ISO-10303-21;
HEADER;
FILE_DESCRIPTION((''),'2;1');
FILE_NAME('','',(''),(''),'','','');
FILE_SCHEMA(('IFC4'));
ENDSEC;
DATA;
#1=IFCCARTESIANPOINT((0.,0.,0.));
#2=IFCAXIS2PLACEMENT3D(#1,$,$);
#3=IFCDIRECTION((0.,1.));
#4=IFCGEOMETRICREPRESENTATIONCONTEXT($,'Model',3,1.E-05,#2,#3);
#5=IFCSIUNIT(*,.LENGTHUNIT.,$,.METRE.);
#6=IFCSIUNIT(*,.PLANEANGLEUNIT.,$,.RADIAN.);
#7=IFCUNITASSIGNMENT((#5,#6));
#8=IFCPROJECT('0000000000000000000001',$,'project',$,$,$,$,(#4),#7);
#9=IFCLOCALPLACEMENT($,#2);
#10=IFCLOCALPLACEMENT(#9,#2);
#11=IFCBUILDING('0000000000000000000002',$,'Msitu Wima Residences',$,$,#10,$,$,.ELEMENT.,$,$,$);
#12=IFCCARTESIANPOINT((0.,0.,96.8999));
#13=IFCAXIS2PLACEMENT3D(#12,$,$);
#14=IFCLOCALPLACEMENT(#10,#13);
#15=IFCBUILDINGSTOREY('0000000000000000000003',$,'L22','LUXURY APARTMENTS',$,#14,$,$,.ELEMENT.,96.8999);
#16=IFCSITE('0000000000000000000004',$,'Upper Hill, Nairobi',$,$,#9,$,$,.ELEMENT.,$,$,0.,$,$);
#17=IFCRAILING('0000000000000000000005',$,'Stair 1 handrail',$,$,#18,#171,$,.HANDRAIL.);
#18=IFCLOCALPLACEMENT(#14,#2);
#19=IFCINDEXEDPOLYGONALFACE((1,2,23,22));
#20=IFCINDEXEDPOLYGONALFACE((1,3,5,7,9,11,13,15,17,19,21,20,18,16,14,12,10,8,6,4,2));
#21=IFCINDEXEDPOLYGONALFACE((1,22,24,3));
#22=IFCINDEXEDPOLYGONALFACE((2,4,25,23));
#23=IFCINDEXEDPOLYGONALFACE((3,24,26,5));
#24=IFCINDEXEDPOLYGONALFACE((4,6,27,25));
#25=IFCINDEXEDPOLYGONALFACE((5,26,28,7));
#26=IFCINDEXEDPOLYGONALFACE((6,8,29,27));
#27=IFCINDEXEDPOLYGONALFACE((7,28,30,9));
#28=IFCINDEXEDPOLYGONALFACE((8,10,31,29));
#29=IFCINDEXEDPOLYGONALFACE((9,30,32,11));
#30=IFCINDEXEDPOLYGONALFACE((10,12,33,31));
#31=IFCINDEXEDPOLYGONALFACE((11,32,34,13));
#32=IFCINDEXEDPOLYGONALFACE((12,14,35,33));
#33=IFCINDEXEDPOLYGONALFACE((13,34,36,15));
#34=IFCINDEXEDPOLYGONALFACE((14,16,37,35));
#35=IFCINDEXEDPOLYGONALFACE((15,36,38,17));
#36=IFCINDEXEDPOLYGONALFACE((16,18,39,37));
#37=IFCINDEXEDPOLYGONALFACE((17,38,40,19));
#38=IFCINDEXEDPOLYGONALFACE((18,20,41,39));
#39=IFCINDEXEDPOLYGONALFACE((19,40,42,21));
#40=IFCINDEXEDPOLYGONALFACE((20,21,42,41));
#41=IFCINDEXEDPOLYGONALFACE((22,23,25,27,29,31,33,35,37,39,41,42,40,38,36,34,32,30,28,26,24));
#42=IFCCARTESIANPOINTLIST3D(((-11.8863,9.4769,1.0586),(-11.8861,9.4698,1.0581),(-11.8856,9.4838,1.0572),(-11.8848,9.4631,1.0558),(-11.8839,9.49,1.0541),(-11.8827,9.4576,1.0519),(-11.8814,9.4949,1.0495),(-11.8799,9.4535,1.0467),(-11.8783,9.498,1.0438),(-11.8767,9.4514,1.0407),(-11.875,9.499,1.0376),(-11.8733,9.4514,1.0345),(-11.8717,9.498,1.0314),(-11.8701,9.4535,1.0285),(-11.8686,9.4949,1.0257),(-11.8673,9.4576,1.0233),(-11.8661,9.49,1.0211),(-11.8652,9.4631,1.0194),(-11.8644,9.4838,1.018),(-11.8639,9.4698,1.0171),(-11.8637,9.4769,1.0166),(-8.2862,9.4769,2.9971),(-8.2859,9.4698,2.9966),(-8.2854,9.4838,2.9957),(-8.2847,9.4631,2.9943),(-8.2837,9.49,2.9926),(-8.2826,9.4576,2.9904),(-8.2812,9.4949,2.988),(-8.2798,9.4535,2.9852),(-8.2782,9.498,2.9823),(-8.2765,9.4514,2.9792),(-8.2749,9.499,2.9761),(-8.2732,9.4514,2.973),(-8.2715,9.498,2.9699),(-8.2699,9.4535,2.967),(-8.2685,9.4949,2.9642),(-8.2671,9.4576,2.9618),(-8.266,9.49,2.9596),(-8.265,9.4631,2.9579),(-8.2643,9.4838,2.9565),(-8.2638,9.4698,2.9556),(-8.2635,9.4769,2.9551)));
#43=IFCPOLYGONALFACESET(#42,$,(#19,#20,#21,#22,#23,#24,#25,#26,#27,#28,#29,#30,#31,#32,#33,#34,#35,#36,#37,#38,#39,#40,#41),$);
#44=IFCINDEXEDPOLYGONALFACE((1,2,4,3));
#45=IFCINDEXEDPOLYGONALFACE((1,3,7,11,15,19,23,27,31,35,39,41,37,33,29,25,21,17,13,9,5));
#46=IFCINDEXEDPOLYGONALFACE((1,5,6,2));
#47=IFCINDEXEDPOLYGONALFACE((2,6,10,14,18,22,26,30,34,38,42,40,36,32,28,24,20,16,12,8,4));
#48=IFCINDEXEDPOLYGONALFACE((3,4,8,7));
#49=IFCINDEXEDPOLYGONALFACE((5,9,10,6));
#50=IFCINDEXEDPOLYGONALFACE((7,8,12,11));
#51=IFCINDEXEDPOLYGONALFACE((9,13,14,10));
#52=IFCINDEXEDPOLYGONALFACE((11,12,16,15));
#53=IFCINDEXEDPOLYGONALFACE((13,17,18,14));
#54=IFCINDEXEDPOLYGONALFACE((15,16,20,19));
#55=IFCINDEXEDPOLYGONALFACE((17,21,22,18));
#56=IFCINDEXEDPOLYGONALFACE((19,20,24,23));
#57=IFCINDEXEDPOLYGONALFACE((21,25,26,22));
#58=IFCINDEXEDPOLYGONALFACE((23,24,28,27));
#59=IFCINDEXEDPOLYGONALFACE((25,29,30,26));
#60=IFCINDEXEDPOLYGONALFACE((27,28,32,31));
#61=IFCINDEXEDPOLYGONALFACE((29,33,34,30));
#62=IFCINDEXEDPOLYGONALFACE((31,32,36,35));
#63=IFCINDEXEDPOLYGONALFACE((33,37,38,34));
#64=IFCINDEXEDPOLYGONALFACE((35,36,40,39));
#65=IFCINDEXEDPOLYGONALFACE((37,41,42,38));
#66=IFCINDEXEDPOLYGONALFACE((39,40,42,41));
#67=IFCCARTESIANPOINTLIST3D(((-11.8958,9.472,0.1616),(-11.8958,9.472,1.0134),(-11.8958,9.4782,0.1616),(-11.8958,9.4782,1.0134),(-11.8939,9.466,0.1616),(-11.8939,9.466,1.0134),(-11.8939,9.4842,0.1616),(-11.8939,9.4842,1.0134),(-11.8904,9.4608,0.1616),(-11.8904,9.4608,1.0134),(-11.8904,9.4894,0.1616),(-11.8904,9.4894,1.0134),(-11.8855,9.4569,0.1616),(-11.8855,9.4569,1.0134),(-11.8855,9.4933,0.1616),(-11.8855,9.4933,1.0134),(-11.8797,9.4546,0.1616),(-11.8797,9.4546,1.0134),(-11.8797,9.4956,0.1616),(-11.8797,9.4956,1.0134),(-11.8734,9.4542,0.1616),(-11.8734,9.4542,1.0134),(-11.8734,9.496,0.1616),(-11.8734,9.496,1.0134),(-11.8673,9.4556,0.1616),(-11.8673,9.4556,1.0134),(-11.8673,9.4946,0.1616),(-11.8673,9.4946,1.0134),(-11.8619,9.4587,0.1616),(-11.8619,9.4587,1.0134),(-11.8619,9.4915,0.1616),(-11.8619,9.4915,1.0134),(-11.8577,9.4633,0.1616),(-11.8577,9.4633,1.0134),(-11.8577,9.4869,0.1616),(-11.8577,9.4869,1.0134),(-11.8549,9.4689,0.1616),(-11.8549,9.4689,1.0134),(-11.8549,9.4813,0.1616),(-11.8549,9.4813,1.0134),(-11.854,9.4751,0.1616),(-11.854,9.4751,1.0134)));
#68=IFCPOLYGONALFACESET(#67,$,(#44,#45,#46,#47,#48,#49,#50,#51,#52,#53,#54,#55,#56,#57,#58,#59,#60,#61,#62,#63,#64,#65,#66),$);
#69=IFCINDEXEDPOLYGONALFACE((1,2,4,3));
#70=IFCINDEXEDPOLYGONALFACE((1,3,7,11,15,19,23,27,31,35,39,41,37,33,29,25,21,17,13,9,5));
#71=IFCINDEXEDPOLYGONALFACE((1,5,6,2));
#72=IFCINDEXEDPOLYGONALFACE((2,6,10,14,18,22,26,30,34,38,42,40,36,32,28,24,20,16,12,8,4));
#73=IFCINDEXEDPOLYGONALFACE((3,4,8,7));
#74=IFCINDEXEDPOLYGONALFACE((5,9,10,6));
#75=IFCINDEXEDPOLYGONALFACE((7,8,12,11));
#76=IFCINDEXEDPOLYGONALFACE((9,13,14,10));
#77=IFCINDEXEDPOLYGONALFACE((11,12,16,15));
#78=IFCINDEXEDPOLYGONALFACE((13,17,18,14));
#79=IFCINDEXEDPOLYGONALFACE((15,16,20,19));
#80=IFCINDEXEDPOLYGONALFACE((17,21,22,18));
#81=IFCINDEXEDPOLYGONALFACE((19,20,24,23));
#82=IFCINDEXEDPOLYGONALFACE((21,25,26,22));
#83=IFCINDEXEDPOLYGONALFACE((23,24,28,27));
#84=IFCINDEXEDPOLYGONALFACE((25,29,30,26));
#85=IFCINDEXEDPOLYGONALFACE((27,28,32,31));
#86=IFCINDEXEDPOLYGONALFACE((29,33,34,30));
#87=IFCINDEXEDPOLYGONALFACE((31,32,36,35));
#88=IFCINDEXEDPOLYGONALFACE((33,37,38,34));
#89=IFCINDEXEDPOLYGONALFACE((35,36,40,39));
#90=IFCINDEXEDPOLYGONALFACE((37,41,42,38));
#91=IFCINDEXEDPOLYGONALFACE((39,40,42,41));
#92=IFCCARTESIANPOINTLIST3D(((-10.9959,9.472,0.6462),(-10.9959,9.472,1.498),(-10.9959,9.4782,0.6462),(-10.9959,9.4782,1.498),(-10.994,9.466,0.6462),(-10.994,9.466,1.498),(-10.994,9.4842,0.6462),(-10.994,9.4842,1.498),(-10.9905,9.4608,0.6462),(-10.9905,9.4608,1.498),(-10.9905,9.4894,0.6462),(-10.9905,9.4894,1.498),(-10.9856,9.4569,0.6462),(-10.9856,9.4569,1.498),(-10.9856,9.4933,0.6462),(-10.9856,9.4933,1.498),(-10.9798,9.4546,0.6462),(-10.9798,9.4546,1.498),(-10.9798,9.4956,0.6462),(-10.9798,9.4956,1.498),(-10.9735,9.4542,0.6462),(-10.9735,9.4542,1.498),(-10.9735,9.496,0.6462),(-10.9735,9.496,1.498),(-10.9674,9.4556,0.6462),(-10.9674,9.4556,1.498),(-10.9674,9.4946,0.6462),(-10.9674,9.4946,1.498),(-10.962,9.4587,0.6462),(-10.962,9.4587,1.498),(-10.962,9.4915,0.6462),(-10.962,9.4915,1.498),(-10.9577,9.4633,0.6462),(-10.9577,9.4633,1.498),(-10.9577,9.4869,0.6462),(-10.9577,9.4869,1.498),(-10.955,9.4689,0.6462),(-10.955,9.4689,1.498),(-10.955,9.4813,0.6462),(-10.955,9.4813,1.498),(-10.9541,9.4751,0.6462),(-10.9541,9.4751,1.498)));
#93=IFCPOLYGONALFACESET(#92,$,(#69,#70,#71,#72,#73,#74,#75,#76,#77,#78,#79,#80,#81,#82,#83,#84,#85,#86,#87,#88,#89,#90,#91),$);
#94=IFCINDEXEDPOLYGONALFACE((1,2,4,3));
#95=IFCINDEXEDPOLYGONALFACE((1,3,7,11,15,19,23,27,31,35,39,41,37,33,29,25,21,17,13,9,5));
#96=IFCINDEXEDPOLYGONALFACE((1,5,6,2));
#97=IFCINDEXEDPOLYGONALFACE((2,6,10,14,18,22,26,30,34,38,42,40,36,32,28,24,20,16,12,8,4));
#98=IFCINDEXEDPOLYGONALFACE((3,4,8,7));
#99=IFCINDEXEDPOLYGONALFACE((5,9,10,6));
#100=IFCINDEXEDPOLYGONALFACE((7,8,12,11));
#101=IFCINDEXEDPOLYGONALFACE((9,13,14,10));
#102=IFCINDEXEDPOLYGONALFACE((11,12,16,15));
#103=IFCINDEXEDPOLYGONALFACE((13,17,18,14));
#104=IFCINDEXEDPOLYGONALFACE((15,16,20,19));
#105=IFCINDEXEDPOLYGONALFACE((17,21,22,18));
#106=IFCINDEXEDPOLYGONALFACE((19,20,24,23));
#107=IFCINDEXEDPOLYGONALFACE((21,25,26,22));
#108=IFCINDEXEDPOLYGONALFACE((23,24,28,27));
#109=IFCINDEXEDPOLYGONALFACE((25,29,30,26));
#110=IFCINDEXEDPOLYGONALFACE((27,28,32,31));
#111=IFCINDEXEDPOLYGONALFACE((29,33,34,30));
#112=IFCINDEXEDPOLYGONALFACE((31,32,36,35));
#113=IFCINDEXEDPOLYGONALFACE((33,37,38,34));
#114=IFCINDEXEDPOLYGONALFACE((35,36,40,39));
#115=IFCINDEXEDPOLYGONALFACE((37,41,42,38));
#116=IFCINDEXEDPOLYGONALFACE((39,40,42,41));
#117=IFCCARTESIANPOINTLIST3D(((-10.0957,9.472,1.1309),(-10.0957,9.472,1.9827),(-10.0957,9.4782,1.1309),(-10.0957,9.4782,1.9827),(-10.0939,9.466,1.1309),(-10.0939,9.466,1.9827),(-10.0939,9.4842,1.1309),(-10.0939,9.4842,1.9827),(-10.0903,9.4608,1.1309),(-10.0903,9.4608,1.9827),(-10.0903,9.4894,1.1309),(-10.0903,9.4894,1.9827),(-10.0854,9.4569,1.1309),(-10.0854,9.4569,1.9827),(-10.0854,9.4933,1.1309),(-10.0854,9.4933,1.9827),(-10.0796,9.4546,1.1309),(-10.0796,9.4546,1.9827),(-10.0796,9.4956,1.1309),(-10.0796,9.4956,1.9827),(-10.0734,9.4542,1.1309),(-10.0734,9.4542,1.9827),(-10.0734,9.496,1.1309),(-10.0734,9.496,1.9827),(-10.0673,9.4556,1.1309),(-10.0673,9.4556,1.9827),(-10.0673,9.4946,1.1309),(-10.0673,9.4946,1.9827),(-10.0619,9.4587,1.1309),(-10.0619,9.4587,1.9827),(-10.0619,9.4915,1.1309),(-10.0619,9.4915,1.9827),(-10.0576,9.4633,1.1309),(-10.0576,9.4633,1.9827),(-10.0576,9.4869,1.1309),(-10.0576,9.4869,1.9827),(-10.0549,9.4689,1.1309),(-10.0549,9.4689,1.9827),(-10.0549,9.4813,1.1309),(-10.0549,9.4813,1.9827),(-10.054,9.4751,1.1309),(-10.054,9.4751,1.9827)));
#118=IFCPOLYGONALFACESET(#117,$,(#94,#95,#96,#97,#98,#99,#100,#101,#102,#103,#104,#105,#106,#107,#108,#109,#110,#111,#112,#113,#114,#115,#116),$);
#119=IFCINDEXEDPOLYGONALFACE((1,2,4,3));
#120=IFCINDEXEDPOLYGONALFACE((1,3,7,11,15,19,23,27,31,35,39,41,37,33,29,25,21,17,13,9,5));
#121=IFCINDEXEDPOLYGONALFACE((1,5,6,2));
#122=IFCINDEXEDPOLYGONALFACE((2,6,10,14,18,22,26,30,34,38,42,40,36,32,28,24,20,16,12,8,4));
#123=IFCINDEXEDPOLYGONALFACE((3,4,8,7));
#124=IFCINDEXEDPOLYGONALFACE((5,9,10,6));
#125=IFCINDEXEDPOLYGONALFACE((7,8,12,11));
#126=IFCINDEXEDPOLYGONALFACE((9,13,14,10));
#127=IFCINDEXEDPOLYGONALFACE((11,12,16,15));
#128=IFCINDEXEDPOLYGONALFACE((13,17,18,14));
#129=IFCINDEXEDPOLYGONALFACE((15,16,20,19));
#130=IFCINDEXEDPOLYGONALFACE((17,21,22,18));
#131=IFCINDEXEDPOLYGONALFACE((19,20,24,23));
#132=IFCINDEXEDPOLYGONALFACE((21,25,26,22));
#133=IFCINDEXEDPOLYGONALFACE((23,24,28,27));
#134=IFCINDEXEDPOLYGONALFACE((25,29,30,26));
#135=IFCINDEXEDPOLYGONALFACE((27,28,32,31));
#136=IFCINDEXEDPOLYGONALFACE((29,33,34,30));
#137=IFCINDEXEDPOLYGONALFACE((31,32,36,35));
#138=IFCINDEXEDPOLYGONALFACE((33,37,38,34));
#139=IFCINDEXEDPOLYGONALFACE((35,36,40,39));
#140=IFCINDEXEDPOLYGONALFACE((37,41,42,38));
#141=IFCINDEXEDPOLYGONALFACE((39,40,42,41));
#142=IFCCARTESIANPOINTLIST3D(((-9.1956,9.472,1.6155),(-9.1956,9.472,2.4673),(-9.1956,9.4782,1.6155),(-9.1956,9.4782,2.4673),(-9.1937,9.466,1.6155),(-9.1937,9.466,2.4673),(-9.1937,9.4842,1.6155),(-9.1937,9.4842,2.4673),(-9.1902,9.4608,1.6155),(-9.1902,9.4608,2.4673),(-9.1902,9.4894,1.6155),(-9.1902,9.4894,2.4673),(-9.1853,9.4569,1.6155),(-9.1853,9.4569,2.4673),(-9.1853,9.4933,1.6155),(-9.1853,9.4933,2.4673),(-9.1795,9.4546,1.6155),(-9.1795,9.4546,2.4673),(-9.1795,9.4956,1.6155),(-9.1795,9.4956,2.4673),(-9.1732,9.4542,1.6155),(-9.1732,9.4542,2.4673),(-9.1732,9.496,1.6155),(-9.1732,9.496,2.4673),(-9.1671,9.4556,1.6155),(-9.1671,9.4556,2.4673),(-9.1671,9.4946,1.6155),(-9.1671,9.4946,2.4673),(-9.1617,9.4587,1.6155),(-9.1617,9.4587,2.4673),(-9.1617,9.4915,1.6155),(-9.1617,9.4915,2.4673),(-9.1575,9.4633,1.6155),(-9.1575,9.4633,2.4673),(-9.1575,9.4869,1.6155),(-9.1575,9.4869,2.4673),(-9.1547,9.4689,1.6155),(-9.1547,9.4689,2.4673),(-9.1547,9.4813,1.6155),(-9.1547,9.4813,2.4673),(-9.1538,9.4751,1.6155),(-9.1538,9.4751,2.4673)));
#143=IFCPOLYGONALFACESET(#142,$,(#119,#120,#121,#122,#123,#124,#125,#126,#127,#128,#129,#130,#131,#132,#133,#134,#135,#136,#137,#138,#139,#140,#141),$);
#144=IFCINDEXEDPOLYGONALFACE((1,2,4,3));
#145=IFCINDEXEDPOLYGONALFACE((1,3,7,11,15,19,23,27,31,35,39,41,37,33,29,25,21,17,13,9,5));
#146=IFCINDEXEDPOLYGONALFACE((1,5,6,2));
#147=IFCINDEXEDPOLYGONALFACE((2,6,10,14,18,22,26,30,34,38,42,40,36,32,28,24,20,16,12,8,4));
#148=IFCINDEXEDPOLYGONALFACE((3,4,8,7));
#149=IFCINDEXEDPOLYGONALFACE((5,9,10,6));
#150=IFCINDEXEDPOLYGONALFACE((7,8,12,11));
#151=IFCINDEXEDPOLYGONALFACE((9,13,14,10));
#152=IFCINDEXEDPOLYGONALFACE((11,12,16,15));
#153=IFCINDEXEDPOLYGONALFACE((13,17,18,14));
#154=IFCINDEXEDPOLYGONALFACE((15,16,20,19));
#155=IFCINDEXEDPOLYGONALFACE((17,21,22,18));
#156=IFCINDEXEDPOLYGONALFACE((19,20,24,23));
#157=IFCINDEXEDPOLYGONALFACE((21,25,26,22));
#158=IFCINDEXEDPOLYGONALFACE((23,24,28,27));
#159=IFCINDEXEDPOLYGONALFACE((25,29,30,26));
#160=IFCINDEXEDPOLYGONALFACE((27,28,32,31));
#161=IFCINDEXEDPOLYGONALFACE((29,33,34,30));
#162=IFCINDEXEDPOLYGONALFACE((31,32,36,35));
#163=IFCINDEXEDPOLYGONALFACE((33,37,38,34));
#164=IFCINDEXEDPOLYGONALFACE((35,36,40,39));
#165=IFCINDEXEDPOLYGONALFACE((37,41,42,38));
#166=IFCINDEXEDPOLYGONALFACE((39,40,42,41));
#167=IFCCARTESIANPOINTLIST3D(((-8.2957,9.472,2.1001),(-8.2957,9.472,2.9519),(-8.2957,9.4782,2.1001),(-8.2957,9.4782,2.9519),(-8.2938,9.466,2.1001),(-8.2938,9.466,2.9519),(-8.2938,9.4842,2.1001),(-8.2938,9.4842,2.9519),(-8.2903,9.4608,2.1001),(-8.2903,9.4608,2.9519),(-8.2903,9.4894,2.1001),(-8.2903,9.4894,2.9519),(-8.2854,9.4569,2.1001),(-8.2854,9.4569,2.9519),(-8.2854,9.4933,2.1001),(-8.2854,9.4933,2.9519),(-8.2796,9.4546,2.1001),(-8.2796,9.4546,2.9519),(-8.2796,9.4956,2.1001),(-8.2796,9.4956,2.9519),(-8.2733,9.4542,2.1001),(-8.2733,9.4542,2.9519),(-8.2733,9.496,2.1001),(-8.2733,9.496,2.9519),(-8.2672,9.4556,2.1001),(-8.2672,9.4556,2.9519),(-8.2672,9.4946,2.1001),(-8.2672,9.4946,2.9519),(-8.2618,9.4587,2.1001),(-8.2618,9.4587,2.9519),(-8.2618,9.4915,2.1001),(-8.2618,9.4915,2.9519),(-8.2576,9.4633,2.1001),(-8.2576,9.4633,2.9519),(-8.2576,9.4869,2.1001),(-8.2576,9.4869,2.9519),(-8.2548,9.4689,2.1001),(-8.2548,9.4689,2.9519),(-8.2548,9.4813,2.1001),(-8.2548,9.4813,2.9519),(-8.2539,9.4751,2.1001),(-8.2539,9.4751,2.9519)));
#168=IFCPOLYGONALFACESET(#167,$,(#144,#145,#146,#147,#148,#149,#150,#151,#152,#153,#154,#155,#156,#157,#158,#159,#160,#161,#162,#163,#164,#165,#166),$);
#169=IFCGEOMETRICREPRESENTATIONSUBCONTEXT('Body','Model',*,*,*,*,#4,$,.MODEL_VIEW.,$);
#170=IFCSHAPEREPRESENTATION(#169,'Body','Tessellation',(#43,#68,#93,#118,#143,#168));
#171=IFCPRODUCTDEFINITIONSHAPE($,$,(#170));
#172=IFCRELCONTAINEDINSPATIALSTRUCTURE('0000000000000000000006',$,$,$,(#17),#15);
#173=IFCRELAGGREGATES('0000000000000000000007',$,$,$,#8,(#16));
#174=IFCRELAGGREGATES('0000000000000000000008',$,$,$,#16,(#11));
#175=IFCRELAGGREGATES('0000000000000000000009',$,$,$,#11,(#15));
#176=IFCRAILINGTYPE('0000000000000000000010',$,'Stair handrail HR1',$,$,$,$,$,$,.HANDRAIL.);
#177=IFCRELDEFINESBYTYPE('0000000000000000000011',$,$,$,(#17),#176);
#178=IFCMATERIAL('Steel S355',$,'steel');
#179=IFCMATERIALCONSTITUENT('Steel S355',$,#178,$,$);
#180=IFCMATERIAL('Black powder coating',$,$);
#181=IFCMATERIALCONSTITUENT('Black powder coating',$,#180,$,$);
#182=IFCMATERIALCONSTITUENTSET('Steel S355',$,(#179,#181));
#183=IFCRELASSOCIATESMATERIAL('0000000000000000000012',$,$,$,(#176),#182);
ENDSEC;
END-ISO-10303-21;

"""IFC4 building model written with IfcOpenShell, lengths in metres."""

from ifc_helpers import new_model, si_unit, direction, frame, origin, origin_2d, place, context, subcontext, project, spatial, circle, extrude, material, constituent, constituent_set, type_object, element, save


model = new_model("IFC4")

# Units and contexts
model_context = context("Model", 3, precision=1e-05, world=origin(), true_north=direction((0.0, 1.0)))
body_context = subcontext(model_context, "Body", "Model", "MODEL_VIEW")
ifc_project = project(units=[si_unit("LENGTHUNIT", "METRE"), si_unit("PLANEANGLEUNIT", "RADIAN")], contexts=[model_context])

# Site, building, storey
site_placement = place(None, origin())
site = spatial("IfcSite", under=ifc_project, at=site_placement, Name="Upper Hill, Nairobi", CompositionType="ELEMENT", RefElevation=0.0)
building_placement = place(site_placement, origin())
building = spatial("IfcBuilding", under=site, at=building_placement, Name="Msitu Wima Residences", CompositionType="ELEMENT")
storey_placement = place(building_placement, frame((0.0, 0.0, 96.8999)))
storey = spatial("IfcBuildingStorey", under=building, at=storey_placement, Name="L22", Description="LUXURY APARTMENTS", CompositionType="ELEMENT", Elevation=96.8999)

# Railing
ifc_material_1 = material(Name="Steel S355", Category="steel")
ifc_constituent_1 = constituent(ifc_material_1, Name="Steel S355")
ifc_material_2 = material(Name="Black powder coating")
ifc_constituent_2 = constituent(ifc_material_2, Name="Black powder coating")
ifc_constituent_set = constituent_set(constituents=[ifc_constituent_1, ifc_constituent_2], Name="Steel S355")
railing_type = type_object("IfcRailingType", Name="Stair handrail HR1", PredefinedType="HANDRAIL", material=ifc_constituent_set)
for number, where, name in (
    (1, (-11.875, 9.4751, 0.1616), "Stair 1 handrail"),
):
    element("IfcRailing", number, at=place(storey_placement, frame(where)), inside=storey, type_object=railing_type, Name=name, PredefinedType="HANDRAIL", context=body_context, shape_type="SweptSolid", body=[
        extrude(circle(Radius=0.0239, at=origin_2d()), frame((0.0, 0.0, 0.876), z_axis=(0.880475, 0.0, 0.474093), x_axis=(0.0, 1.0, 0.0)), (0.0, 0.0, 1.0), 4.0889),
        extrude(circle(Radius=0.021, at=origin_2d()), origin(), (0.0, 0.0, 1.0), 0.8518),
        extrude(circle(Radius=0.021, at=origin_2d()), frame((0.8999, 0.0, 0.4846)), (0.0, 0.0, 1.0), 0.8518),
        extrude(circle(Radius=0.021, at=origin_2d()), frame((1.8, 0.0, 0.9692)), (0.0, 0.0, 1.0), 0.8518),
        extrude(circle(Radius=0.021, at=origin_2d()), frame((2.7002, 0.0, 1.4539)), (0.0, 0.0, 1.0), 0.8518),
        extrude(circle(Radius=0.021, at=origin_2d()), frame((3.6001, 0.0, 1.9385)), (0.0, 0.0, 1.0), 0.8518),
    ])

save(model, "model.ifc")
